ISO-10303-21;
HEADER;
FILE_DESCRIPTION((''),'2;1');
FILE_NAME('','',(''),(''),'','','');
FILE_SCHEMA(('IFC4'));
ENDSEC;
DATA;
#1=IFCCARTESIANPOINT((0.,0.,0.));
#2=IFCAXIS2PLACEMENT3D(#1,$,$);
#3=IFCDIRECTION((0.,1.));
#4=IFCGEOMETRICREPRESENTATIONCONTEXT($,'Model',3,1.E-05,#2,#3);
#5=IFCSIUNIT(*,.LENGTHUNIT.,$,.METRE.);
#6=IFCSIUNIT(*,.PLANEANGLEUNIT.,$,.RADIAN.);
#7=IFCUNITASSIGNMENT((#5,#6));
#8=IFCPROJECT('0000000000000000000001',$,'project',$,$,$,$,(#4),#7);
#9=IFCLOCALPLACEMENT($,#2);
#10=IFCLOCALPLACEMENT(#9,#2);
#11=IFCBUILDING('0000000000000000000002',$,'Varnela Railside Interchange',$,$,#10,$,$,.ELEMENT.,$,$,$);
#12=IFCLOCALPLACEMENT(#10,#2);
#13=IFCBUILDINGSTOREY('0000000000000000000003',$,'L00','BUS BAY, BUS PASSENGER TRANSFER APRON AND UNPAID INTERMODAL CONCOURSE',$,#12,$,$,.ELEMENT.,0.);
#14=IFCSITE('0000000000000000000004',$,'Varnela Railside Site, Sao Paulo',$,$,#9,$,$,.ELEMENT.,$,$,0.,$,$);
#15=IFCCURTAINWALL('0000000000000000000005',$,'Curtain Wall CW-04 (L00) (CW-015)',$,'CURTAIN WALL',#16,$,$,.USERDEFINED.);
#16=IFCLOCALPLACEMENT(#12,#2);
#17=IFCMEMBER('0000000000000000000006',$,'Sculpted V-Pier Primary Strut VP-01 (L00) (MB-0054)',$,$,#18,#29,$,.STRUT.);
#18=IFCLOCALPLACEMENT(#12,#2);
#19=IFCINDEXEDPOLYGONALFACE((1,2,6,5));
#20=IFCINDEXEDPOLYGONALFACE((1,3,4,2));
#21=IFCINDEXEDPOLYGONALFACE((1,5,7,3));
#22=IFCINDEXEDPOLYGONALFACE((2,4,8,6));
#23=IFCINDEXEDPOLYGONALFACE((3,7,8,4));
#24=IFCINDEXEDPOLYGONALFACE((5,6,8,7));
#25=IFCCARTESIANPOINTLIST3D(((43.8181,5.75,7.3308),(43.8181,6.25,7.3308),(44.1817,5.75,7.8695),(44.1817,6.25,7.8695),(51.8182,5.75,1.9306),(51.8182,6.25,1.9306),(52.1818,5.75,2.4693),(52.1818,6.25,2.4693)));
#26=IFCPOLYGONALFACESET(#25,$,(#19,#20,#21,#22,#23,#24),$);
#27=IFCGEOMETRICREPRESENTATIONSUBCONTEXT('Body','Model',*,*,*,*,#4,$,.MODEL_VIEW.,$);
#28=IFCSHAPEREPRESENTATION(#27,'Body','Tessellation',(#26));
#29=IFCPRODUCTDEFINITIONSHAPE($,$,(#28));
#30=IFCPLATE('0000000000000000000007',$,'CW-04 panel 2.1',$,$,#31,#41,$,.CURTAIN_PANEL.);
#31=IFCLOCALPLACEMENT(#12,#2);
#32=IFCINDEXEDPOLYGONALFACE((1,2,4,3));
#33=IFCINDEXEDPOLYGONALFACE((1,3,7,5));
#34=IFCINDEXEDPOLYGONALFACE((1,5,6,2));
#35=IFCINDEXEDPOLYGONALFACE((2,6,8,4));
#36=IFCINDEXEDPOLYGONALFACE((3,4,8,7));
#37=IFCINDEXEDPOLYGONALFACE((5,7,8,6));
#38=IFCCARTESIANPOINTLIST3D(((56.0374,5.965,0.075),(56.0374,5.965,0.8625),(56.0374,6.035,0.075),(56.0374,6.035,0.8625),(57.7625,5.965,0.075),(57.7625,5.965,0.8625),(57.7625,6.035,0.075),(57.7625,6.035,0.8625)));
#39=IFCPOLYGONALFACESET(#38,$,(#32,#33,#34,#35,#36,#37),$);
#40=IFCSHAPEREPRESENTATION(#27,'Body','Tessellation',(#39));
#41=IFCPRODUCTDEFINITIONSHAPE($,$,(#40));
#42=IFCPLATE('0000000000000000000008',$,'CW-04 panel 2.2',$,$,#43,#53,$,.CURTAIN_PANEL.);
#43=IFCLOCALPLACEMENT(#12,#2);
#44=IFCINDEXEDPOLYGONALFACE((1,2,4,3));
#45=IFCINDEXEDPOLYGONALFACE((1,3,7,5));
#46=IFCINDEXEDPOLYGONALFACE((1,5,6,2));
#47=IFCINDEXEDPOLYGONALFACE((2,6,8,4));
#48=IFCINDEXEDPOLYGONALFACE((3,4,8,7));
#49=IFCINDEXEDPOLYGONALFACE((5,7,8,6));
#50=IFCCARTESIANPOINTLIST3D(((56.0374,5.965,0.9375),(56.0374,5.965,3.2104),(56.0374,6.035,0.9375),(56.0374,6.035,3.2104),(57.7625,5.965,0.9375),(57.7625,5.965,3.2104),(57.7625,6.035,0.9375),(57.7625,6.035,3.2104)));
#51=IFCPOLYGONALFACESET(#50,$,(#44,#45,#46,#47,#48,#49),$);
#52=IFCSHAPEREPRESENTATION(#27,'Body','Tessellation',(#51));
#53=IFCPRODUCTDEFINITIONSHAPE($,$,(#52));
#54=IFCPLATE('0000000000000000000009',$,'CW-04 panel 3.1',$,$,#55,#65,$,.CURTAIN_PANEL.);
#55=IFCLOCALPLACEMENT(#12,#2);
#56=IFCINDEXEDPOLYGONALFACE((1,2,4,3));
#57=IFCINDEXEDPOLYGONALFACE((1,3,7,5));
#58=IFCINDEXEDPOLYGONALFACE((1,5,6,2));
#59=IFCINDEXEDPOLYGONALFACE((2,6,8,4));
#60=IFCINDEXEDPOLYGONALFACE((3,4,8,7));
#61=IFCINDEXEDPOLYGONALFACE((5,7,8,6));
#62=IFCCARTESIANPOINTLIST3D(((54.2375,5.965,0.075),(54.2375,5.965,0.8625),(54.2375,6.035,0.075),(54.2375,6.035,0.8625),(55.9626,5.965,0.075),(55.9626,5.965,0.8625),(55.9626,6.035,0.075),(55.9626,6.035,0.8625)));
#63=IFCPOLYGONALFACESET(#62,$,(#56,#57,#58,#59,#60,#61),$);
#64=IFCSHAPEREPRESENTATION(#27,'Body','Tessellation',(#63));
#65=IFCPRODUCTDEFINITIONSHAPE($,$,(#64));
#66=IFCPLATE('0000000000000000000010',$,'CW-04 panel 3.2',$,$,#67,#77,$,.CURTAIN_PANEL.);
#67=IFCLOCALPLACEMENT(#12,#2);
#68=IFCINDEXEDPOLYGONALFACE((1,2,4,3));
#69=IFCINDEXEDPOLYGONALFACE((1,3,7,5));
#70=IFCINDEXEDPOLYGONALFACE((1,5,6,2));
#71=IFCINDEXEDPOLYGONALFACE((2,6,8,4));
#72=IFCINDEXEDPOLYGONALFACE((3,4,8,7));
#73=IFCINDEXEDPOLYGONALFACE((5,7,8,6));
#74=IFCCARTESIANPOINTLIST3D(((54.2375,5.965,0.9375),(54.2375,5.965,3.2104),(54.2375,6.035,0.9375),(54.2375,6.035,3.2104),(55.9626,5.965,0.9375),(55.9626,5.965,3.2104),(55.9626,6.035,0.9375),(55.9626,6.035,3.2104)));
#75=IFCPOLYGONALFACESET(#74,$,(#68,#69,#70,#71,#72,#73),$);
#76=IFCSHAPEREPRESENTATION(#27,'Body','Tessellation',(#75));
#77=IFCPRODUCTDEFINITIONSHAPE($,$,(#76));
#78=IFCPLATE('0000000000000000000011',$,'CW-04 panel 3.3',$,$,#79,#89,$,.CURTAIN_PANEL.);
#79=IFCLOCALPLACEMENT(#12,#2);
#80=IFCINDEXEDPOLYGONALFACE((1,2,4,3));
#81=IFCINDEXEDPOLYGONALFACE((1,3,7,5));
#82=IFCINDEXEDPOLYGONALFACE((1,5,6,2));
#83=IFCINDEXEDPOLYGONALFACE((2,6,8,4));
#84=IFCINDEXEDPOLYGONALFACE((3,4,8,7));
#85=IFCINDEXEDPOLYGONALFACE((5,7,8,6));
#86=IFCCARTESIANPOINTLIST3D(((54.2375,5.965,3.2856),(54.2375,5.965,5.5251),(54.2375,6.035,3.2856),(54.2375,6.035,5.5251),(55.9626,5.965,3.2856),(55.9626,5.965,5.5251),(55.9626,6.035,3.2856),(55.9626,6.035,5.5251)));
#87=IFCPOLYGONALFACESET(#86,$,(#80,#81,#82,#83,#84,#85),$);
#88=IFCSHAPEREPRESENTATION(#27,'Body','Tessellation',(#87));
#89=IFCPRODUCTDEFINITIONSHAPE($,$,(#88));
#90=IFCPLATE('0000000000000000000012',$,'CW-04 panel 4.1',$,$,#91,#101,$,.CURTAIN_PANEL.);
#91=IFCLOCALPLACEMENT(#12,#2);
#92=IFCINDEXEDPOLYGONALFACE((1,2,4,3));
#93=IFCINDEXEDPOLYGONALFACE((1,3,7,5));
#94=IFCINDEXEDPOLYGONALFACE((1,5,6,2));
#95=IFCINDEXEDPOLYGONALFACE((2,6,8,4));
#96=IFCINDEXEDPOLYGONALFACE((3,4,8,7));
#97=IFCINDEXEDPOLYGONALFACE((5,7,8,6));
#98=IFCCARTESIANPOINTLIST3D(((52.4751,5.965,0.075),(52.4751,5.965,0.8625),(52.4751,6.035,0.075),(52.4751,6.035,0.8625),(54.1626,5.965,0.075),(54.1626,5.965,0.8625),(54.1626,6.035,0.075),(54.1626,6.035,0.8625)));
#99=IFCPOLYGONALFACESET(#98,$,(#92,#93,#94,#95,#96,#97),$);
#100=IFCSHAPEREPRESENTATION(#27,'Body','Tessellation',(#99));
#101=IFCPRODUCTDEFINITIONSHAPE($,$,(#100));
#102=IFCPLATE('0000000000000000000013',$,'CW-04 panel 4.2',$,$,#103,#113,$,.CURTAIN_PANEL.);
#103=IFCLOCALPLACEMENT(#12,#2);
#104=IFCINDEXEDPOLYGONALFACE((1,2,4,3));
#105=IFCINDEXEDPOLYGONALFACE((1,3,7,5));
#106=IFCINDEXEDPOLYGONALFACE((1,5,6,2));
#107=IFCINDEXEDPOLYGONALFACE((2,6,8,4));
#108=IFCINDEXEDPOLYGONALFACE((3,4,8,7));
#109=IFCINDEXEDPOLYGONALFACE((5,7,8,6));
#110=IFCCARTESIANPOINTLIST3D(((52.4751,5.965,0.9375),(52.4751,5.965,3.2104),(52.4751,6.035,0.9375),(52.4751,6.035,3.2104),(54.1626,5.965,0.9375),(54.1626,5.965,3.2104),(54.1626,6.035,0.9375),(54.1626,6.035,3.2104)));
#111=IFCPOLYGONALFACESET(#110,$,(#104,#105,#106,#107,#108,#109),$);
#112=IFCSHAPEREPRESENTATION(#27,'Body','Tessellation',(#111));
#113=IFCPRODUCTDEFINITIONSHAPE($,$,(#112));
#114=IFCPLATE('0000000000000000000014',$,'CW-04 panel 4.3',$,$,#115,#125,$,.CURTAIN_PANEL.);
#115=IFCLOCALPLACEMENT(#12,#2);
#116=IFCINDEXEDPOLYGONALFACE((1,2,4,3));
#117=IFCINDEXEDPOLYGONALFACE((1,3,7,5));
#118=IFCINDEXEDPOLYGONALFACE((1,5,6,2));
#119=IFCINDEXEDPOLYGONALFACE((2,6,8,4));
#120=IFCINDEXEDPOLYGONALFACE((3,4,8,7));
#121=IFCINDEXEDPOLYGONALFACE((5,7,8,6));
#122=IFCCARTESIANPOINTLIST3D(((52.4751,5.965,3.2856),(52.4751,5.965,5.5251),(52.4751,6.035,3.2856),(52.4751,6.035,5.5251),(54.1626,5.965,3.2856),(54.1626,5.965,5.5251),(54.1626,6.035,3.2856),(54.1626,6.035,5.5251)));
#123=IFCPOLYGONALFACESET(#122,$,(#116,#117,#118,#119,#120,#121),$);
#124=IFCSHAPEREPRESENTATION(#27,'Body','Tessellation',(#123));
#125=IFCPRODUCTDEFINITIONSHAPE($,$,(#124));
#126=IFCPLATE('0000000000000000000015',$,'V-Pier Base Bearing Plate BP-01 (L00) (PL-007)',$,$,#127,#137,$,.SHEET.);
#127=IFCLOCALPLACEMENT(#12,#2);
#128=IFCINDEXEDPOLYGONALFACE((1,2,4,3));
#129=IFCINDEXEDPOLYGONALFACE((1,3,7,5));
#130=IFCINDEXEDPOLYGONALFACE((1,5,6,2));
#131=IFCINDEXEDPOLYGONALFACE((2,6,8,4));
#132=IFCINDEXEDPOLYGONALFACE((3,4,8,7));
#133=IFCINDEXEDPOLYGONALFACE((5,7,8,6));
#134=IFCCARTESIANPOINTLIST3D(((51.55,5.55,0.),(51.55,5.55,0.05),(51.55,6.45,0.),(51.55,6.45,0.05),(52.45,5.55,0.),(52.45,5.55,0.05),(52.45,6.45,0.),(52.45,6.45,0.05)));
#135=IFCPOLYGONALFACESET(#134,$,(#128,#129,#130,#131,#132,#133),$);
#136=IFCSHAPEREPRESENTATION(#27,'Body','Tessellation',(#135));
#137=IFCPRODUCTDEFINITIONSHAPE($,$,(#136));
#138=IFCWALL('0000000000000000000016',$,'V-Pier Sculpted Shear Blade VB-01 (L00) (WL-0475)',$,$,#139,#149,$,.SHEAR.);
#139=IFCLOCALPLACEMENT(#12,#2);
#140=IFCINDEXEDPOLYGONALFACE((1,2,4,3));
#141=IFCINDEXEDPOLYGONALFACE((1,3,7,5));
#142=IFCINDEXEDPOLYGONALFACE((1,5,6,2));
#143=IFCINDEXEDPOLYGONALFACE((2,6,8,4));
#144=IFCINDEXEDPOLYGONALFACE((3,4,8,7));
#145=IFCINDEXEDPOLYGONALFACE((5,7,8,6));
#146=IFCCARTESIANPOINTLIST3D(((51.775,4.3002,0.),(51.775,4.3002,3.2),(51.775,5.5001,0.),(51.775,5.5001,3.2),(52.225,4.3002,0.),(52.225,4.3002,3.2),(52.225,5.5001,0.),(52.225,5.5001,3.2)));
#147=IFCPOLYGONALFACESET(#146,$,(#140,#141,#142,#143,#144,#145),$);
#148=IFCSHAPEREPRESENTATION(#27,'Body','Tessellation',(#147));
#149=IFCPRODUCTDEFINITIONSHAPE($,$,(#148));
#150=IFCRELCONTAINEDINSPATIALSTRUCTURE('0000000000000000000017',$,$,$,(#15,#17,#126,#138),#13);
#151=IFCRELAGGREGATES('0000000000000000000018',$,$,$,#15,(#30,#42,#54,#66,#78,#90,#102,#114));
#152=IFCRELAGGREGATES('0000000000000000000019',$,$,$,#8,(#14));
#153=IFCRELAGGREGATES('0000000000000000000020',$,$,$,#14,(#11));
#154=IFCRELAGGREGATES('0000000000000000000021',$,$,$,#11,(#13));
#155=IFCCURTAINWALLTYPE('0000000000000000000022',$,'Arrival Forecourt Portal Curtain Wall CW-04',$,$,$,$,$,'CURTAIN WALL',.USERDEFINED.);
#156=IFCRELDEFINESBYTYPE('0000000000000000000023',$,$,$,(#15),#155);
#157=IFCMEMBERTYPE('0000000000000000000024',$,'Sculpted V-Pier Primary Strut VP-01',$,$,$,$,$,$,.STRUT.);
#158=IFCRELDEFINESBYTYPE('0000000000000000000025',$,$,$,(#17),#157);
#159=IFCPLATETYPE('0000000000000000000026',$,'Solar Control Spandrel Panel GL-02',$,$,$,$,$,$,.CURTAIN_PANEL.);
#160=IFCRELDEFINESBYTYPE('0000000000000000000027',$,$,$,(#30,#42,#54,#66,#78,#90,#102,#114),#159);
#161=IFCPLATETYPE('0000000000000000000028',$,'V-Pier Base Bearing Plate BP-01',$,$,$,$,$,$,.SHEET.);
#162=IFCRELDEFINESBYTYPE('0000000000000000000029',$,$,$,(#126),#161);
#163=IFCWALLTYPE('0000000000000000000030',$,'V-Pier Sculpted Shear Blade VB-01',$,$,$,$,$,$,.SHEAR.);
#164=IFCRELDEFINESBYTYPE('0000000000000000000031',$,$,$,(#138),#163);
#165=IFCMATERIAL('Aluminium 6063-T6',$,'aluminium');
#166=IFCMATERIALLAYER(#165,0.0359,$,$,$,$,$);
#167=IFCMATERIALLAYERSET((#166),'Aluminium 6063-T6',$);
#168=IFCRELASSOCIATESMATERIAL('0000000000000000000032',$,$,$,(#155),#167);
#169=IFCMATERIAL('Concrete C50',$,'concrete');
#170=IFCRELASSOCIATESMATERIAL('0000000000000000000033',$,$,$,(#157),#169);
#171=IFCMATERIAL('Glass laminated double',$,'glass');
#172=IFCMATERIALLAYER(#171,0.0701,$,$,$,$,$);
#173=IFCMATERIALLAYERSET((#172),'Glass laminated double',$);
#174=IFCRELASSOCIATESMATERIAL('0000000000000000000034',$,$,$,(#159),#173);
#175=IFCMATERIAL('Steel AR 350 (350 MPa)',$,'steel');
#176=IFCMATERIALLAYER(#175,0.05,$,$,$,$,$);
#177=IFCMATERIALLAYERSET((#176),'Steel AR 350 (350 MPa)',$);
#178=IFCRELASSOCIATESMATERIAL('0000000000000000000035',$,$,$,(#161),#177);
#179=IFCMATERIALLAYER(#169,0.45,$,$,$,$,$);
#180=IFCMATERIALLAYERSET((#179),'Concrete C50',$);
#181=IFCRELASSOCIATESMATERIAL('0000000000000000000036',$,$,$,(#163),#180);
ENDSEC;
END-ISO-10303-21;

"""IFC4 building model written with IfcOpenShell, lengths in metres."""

from ifc_helpers import new_model, si_unit, direction, frame, frame_2d, origin, origin_2d, place, context, subcontext, project, spatial, rectangle, extrude, material, layer, layer_set, material_profile, profile_set, type_object, element, aggregate, save


model = new_model("IFC4")

# Units and contexts
model_context = context("Model", 3, precision=1e-05, world=origin(), true_north=direction((0.0, 1.0)))
body_context = subcontext(model_context, "Body", "Model", "MODEL_VIEW")
ifc_project = project(units=[si_unit("LENGTHUNIT", "METRE"), si_unit("PLANEANGLEUNIT", "RADIAN")], contexts=[model_context])

# Site, building, storey
site_placement = place(None, origin())
site = spatial("IfcSite", under=ifc_project, at=site_placement, Name="Varnela Railside Site, Sao Paulo", CompositionType="ELEMENT", RefElevation=0.0)
building_placement = place(site_placement, origin())
building = spatial("IfcBuilding", under=site, at=building_placement, Name="Varnela Railside Interchange", CompositionType="ELEMENT")
storey_placement = place(building_placement, origin())
storey = spatial("IfcBuildingStorey", under=building, at=storey_placement, Name="L00", Description="BUS BAY, BUS PASSENGER TRANSFER APRON AND UNPAID INTERMODAL CONCOURSE", CompositionType="ELEMENT", Elevation=0.0)

# Shared definitions
ifc_material_1 = material(Name="Concrete C50", Category="concrete")

# Curtain wall
ifc_material_2 = material(Name="Aluminium 6063-T6", Category="aluminium")
ifc_layer_1 = layer(ifc_material_2, 0.0359)
ifc_layer_set_1 = layer_set([ifc_layer_1], Name="Aluminium 6063-T6")
curtain_wall_type = type_object("IfcCurtainWallType", Name="Arrival Forecourt Portal Curtain Wall CW-04", ElementType="CURTAIN WALL", PredefinedType="USERDEFINED", material=ifc_layer_set_1)
curtain_wall_placement = place(storey_placement, origin())
curtain_wall = element("IfcCurtainWall", 1, at=curtain_wall_placement, inside=storey, type_object=curtain_wall_type, Name="Curtain Wall CW-04 (L00) (CW-015)", ObjectType="CURTAIN WALL", PredefinedType="USERDEFINED")

# Member
ifc_material_profile_1 = material_profile(ifc_material_1, rectangle(XDim=0.5, YDim=0.6499, at=origin_2d()), Name="RC 500x650")
ifc_profile_set_1 = profile_set([ifc_material_profile_1], Name="Concrete C50")
member_type_1 = type_object("IfcMemberType", Name="Sculpted V-Pier Primary Strut VP-01", PredefinedType="STRUT", material=ifc_profile_set_1)
for number, where, z_axis, x_axis, name in (
    (2, (52.0, 6.0, 2.2), (-0.828842, 0.0, 0.559483), (0.0, -1.0, 0.0), "Sculpted V-Pier Primary Strut VP-01 (L00) (MB-0054)"),
):
    element("IfcMember", number, at=place(storey_placement, frame(where, z_axis=z_axis, x_axis=x_axis)), inside=storey, type_object=member_type_1, Name=name, PredefinedType="STRUT", context=body_context, shape_type="SweptSolid", body=[
        extrude(rectangle(XDim=0.5, YDim=0.6499, at=origin_2d()), origin(), (0.0, 0.0, 1.0), 9.6521),
    ])

# Plates
ifc_material_3 = material(Name="Glass laminated double", Category="glass")
ifc_layer_2 = layer(ifc_material_3, 0.0701)
ifc_layer_set_2 = layer_set([ifc_layer_2], Name="Glass laminated double")
plate_type_1 = type_object("IfcPlateType", Name="Solar Control Spandrel Panel GL-02", PredefinedType="CURTAIN_PANEL", material=ifc_layer_set_2)
plate_1_placement = place(storey_placement, frame((56.8999, 6.0, 0.075), z_axis=(0.0, 0.0, 1.0), x_axis=(-1.0, 0.0, 0.0)))
plate_1 = element("IfcPlate", 3, at=plate_1_placement, type_object=plate_type_1, Name="CW-04 panel 2.1", PredefinedType="CURTAIN_PANEL", context=body_context, shape_type="SweptSolid", body=[
    extrude(rectangle(XDim=1.7251, YDim=0.0701, at=origin_2d()), origin(), (0.0, 0.0, 1.0), 0.7876),
])
plate_2_placement = place(storey_placement, frame((56.8999, 6.0, 0.9375), z_axis=(0.0, 0.0, 1.0), x_axis=(-1.0, 0.0, 0.0)))
plate_2 = element("IfcPlate", 4, at=plate_2_placement, type_object=plate_type_1, Name="CW-04 panel 2.2", PredefinedType="CURTAIN_PANEL", context=body_context, shape_type="SweptSolid", body=[
    extrude(rectangle(XDim=1.7251, YDim=0.0701, at=origin_2d()), origin(), (0.0, 0.0, 1.0), 2.2729),
])
plate_3_placement = place(storey_placement, frame((55.1001, 6.0, 0.075), z_axis=(0.0, 0.0, 1.0), x_axis=(-1.0, 0.0, 0.0)))
plate_3 = element("IfcPlate", 5, at=plate_3_placement, type_object=plate_type_1, Name="CW-04 panel 3.1", PredefinedType="CURTAIN_PANEL", context=body_context, shape_type="SweptSolid", body=[
    extrude(rectangle(XDim=1.7251, YDim=0.0701, at=origin_2d()), origin(), (0.0, 0.0, 1.0), 0.7876),
])
plate_4_placement = place(storey_placement, frame((55.1001, 6.0, 0.9375), z_axis=(0.0, 0.0, 1.0), x_axis=(-1.0, 0.0, 0.0)))
plate_4 = element("IfcPlate", 6, at=plate_4_placement, type_object=plate_type_1, Name="CW-04 panel 3.2", PredefinedType="CURTAIN_PANEL", context=body_context, shape_type="SweptSolid", body=[
    extrude(rectangle(XDim=1.7251, YDim=0.0701, at=origin_2d()), origin(), (0.0, 0.0, 1.0), 2.2729),
])
plate_5_placement = place(storey_placement, frame((55.1001, 6.0, 3.2856), z_axis=(0.0, 0.0, 1.0), x_axis=(-1.0, 0.0, 0.0)))
plate_5 = element("IfcPlate", 7, at=plate_5_placement, type_object=plate_type_1, Name="CW-04 panel 3.3", PredefinedType="CURTAIN_PANEL", context=body_context, shape_type="SweptSolid", body=[
    extrude(rectangle(XDim=1.7251, YDim=0.0701, at=origin_2d()), origin(), (0.0, 0.0, 1.0), 2.2395),
])
plate_6_placement = place(storey_placement, frame((53.3188, 6.0, 0.075), z_axis=(0.0, 0.0, 1.0), x_axis=(-1.0, 0.0, 0.0)))
plate_6 = element("IfcPlate", 8, at=plate_6_placement, type_object=plate_type_1, Name="CW-04 panel 4.1", PredefinedType="CURTAIN_PANEL", context=body_context, shape_type="SweptSolid", body=[
    extrude(rectangle(XDim=1.6875, YDim=0.0701, at=origin_2d()), origin(), (0.0, 0.0, 1.0), 0.7876),
])
plate_7_placement = place(storey_placement, frame((53.3188, 6.0, 0.9375), z_axis=(0.0, 0.0, 1.0), x_axis=(-1.0, 0.0, 0.0)))
plate_7 = element("IfcPlate", 9, at=plate_7_placement, type_object=plate_type_1, Name="CW-04 panel 4.2", PredefinedType="CURTAIN_PANEL", context=body_context, shape_type="SweptSolid", body=[
    extrude(rectangle(XDim=1.6875, YDim=0.0701, at=origin_2d()), origin(), (0.0, 0.0, 1.0), 2.2729),
])
plate_8_placement = place(storey_placement, frame((53.3188, 6.0, 3.2856), z_axis=(0.0, 0.0, 1.0), x_axis=(-1.0, 0.0, 0.0)))
plate_8 = element("IfcPlate", 10, at=plate_8_placement, type_object=plate_type_1, Name="CW-04 panel 4.3", PredefinedType="CURTAIN_PANEL", context=body_context, shape_type="SweptSolid", body=[
    extrude(rectangle(XDim=1.6875, YDim=0.0701, at=origin_2d()), origin(), (0.0, 0.0, 1.0), 2.2395),
])
aggregate(curtain_wall, [plate_1, plate_2, plate_3, plate_4, plate_5, plate_6, plate_7, plate_8])
ifc_material_4 = material(Name="Steel AR 350 (350 MPa)", Category="steel")
ifc_layer_3 = layer(ifc_material_4, 0.05)
ifc_layer_set_3 = layer_set([ifc_layer_3], Name="Steel AR 350 (350 MPa)")
plate_type_2 = type_object("IfcPlateType", Name="V-Pier Base Bearing Plate BP-01", PredefinedType="SHEET", material=ifc_layer_set_3)
plate_9_placement = place(storey_placement, frame((52.0, 6.0, 0.0), z_axis=(0.0, 0.0, 1.0), x_axis=(1.0, 0.0, 0.0)))
element("IfcPlate", 11, at=plate_9_placement, inside=storey, type_object=plate_type_2, Name="V-Pier Base Bearing Plate BP-01 (L00) (PL-007)", PredefinedType="SHEET", context=body_context, shape_type="SweptSolid", body=[
    extrude(rectangle(XDim=0.8999, YDim=0.8999, at=origin_2d()), origin(), (0.0, 0.0, 1.0), 0.05),
])

# Wall
ifc_layer_4 = layer(ifc_material_1, 0.45)
ifc_layer_set_4 = layer_set([ifc_layer_4], Name="Concrete C50")
wall_type = type_object("IfcWallType", Name="V-Pier Sculpted Shear Blade VB-01", PredefinedType="SHEAR", material=ifc_layer_set_4)
wall_placement = place(storey_placement, frame((52.0, 4.3, 0.0), z_axis=(0.0, 0.0, 1.0), x_axis=(0.0, 1.0, 0.0)))
element("IfcWall", 12, at=wall_placement, inside=storey, type_object=wall_type, Name="V-Pier Sculpted Shear Blade VB-01 (L00) (WL-0475)", PredefinedType="SHEAR", context=body_context, shape_type="SweptSolid", body=[
    extrude(rectangle(XDim=1.2, YDim=0.45, at=frame_2d((0.6001, 0.0))), origin(), (0.0, 0.0, 1.0), 3.2),
])

save(model, "model.ifc")
